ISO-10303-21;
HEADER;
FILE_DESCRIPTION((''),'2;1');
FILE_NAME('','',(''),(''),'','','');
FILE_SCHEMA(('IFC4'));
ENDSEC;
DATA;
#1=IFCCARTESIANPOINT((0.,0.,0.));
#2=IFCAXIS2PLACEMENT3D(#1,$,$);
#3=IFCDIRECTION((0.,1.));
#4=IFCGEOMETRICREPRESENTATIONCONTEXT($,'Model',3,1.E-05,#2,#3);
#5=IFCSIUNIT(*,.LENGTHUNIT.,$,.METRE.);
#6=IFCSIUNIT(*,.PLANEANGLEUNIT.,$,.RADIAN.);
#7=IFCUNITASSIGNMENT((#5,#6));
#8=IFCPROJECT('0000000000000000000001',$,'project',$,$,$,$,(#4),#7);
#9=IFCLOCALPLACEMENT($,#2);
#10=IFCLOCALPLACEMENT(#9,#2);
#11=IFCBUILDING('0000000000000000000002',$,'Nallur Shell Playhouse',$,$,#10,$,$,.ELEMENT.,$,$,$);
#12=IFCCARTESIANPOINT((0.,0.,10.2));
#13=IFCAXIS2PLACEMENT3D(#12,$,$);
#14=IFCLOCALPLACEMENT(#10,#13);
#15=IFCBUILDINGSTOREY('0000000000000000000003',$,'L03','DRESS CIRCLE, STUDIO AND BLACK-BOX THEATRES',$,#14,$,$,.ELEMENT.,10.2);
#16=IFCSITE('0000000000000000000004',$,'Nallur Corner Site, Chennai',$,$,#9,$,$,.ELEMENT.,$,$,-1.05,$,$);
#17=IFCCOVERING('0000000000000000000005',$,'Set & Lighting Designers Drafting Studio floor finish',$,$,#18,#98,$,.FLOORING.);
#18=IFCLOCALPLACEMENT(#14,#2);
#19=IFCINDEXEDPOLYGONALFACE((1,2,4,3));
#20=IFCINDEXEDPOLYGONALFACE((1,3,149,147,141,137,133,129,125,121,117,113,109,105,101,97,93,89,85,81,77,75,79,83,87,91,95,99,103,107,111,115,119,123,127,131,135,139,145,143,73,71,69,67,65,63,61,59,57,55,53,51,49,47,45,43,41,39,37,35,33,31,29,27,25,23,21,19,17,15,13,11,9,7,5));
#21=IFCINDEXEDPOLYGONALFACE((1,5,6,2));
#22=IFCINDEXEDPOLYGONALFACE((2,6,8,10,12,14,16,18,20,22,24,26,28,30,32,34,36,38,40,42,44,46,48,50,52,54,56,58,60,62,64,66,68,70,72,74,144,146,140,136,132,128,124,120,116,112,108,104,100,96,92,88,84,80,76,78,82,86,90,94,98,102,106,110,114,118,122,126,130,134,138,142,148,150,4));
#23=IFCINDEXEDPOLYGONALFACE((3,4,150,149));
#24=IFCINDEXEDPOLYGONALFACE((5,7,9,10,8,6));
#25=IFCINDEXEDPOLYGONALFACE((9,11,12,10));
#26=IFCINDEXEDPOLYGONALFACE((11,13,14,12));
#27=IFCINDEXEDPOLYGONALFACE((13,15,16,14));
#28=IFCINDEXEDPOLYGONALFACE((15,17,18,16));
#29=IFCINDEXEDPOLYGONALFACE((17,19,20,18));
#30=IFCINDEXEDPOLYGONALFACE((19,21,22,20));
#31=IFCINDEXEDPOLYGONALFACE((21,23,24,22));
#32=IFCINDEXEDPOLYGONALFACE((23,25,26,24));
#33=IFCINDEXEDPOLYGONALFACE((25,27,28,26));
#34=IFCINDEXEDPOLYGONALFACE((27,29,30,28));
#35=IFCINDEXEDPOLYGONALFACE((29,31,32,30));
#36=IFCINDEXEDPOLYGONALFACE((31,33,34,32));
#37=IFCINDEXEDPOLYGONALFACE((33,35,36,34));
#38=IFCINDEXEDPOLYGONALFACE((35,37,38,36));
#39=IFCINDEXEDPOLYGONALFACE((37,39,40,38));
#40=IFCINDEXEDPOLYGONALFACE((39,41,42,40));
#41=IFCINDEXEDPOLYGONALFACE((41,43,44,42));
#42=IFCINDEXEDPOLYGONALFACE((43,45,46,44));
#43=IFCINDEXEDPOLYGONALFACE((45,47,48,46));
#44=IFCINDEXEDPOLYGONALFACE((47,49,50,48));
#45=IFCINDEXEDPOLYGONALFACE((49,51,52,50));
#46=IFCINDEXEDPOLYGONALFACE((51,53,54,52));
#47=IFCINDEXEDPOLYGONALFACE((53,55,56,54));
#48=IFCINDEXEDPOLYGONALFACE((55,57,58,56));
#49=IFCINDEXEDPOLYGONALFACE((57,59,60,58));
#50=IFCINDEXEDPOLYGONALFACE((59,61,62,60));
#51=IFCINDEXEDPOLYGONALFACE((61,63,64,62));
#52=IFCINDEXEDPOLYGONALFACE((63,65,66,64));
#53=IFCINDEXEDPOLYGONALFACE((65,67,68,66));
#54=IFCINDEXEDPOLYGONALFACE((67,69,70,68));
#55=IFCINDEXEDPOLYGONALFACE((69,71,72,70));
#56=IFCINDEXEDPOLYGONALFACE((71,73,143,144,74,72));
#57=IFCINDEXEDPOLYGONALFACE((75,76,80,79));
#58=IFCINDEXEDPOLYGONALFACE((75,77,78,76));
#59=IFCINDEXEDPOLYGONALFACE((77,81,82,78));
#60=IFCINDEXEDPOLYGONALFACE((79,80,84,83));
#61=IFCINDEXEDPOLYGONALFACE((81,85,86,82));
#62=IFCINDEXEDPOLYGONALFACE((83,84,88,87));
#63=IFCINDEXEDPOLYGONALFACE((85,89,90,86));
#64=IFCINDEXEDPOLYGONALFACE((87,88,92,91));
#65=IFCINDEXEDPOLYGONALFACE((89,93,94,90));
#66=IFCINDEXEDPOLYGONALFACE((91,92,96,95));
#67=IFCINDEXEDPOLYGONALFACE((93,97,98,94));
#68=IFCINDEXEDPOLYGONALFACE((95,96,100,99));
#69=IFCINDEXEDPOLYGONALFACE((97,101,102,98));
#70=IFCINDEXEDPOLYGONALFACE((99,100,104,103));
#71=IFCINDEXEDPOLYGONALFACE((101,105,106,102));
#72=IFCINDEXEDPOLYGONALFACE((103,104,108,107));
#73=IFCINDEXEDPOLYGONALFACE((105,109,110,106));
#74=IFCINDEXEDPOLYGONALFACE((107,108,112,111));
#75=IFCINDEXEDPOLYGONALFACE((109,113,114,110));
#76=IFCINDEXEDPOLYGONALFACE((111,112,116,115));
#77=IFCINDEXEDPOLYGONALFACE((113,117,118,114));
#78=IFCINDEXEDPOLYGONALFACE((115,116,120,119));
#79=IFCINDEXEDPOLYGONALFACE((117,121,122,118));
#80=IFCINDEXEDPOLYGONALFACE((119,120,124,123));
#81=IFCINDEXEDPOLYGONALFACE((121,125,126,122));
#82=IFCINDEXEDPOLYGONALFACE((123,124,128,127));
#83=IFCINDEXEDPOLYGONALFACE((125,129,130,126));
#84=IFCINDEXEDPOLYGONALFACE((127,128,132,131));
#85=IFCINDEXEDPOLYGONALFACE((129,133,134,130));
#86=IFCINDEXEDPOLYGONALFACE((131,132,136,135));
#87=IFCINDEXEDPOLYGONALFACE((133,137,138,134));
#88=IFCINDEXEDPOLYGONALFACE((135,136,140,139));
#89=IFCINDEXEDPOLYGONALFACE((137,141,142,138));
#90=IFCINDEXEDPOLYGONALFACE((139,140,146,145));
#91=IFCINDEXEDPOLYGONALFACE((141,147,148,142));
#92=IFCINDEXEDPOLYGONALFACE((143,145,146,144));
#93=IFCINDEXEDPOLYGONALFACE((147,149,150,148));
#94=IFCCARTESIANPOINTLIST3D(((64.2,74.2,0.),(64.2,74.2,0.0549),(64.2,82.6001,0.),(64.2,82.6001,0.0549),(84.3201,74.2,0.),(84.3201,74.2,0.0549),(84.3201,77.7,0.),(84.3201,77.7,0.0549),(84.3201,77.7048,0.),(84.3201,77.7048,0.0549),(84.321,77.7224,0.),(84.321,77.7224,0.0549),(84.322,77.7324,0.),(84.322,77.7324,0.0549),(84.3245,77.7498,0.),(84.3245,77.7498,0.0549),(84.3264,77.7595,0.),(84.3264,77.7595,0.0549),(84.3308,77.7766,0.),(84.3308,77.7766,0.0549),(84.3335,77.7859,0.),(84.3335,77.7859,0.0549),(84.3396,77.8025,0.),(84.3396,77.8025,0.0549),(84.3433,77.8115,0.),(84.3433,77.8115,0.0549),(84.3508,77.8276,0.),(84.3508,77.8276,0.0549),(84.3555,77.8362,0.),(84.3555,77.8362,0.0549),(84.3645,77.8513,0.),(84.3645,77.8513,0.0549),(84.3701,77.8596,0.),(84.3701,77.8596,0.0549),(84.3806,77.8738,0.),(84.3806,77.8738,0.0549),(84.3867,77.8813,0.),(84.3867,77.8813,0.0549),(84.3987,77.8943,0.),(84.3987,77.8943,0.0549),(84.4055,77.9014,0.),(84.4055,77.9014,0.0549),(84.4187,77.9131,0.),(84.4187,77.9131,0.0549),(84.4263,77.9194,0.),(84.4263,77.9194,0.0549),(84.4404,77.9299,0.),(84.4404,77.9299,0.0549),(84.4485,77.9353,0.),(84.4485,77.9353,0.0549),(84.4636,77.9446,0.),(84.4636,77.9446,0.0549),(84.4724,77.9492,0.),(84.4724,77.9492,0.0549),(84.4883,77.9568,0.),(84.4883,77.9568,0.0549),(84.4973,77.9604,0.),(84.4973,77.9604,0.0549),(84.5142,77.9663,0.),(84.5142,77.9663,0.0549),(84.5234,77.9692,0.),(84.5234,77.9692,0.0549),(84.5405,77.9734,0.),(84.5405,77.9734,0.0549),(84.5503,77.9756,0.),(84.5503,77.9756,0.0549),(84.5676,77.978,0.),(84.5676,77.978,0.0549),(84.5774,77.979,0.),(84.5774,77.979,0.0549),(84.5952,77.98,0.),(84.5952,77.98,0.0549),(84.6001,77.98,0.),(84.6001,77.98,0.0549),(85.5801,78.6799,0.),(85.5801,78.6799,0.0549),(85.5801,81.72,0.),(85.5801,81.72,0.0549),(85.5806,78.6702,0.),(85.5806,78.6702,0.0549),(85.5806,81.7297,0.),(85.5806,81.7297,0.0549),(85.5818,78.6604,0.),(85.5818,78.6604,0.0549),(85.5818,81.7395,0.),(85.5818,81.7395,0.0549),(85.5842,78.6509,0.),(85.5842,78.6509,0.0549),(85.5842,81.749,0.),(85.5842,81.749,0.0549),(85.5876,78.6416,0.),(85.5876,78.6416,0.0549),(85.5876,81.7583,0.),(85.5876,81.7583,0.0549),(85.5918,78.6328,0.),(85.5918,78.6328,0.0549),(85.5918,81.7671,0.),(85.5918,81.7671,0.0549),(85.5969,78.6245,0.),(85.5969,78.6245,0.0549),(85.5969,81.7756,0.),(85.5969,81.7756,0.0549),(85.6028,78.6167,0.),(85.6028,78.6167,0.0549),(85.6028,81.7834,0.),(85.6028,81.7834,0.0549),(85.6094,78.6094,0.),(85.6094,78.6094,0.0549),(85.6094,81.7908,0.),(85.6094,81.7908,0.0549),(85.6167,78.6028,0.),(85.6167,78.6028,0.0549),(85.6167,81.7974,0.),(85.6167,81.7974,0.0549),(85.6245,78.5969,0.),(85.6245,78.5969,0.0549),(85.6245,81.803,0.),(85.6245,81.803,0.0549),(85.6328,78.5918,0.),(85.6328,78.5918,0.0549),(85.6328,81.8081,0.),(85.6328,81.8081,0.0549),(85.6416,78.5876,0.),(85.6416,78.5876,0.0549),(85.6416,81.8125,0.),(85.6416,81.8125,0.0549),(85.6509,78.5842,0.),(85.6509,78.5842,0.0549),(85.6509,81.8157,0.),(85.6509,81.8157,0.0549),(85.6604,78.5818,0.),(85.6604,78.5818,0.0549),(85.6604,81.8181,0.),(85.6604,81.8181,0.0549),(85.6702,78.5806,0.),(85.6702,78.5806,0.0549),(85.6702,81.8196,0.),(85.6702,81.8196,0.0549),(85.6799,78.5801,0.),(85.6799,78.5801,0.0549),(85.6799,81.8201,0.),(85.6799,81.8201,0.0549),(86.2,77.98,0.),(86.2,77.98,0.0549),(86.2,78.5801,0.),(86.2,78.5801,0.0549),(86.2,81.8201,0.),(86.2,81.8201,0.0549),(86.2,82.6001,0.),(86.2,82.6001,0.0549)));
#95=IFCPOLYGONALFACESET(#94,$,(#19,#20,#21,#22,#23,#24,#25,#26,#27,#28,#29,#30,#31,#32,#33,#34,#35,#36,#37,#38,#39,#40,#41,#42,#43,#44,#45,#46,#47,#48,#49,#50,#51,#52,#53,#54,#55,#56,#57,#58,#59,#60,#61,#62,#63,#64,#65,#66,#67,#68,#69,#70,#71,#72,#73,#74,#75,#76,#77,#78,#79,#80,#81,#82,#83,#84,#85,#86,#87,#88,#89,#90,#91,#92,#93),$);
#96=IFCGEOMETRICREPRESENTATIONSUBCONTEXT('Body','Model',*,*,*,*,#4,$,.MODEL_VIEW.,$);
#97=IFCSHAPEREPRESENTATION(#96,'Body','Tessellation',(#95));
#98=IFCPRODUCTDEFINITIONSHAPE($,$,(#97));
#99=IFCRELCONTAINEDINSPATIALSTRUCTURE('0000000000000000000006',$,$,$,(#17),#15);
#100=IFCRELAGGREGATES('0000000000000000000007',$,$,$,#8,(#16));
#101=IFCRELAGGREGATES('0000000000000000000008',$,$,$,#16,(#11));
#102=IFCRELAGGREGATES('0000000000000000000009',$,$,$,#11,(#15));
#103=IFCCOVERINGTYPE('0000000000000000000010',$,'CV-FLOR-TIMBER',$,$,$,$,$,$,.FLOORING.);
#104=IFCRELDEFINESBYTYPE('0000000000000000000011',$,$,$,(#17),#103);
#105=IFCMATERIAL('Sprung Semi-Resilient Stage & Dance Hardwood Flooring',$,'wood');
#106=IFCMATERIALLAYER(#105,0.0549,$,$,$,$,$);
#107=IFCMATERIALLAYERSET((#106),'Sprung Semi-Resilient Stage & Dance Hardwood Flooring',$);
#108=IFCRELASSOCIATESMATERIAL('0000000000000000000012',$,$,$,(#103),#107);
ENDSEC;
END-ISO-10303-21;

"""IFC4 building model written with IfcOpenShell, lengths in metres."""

from ifc_helpers import new_model, si_unit, direction, frame, origin, place, context, subcontext, project, spatial, polyline, outline, extrude, material, layer, layer_set, type_object, element, save


model = new_model("IFC4")

# Units and contexts
model_context = context("Model", 3, precision=1e-05, world=origin(), true_north=direction((0.0, 1.0)))
body_context = subcontext(model_context, "Body", "Model", "MODEL_VIEW")
ifc_project = project(units=[si_unit("LENGTHUNIT", "METRE"), si_unit("PLANEANGLEUNIT", "RADIAN")], contexts=[model_context])

# Site, building, storey
site_placement = place(None, origin())
site = spatial("IfcSite", under=ifc_project, at=site_placement, Name="Nallur Corner Site, Chennai", CompositionType="ELEMENT", RefElevation=-1.05)
building_placement = place(site_placement, origin())
building = spatial("IfcBuilding", under=site, at=building_placement, Name="Nallur Shell Playhouse", CompositionType="ELEMENT")
storey_placement = place(building_placement, frame((0.0, 0.0, 10.2)))
storey = spatial("IfcBuildingStorey", under=building, at=storey_placement, Name="L03", Description="DRESS CIRCLE, STUDIO AND BLACK-BOX THEATRES", CompositionType="ELEMENT", Elevation=10.2)

# Covering
ifc_material_1 = material(Name="Sprung Semi-Resilient Stage & Dance Hardwood Flooring", Category="wood")
ifc_layer_1 = layer(ifc_material_1, 0.0549)
ifc_layer_set_1 = layer_set([ifc_layer_1], Name="Sprung Semi-Resilient Stage & Dance Hardwood Flooring")
covering_type_1 = type_object("IfcCoveringType", Name="CV-FLOR-TIMBER", PredefinedType="FLOORING", material=ifc_layer_set_1)
covering_1_placement = place(storey_placement, origin())
element("IfcCovering", 1, at=covering_1_placement, inside=storey, type_object=covering_type_1, Name="Set & Lighting Designers Drafting Studio floor finish", PredefinedType="FLOORING", context=body_context, shape_type="SweptSolid", body=[
    extrude(outline(polyline([(85.6328, 81.8081), (85.6245, 81.803), (85.6167, 81.7974), (85.6094, 81.7908), (85.6028, 81.7834), (85.5969, 81.7756), (85.5918, 81.7671), (85.5876, 81.7583), (85.5842, 81.749), (85.5818, 81.7395), (85.5806, 81.7297), (85.5801, 81.72), (85.5801, 78.6799), (85.5806, 78.6702), (85.5818, 78.6604), (85.5842, 78.6509), (85.5876, 78.6416), (85.5918, 78.6328), (85.5969, 78.6245), (85.6028, 78.6167), (85.6094, 78.6094), (85.6167, 78.6028), (85.6245, 78.5969), (85.6328, 78.5918), (85.6416, 78.5876), (85.6509, 78.5842), (85.6604, 78.5818), (85.6702, 78.5806), (85.6799, 78.5801), (86.2, 78.5801), (86.2, 77.98), (84.6001, 77.98), (84.5952, 77.98), (84.5774, 77.979), (84.5676, 77.978), (84.5503, 77.9756), (84.5405, 77.9734), (84.5234, 77.9692), (84.5142, 77.9663), (84.4973, 77.9604), (84.4883, 77.9568), (84.4724, 77.9492), (84.4636, 77.9446), (84.4485, 77.9353), (84.4404, 77.9299), (84.4263, 77.9194), (84.4187, 77.9131), (84.4055, 77.9014), (84.3987, 77.8943), (84.3867, 77.8813), (84.3806, 77.8738), (84.3701, 77.8596), (84.3645, 77.8513), (84.3555, 77.8362), (84.3508, 77.8276), (84.3433, 77.8115), (84.3396, 77.8025), (84.3335, 77.7859), (84.3308, 77.7766), (84.3264, 77.7595), (84.3245, 77.7498), (84.322, 77.7324), (84.321, 77.7224), (84.3201, 77.7048), (84.3201, 77.7), (84.3201, 74.2), (64.2, 74.2), (64.2, 82.6001), (86.2, 82.6001), (86.2, 81.8201), (85.6799, 81.8201), (85.6702, 81.8196), (85.6604, 81.8181), (85.6509, 81.8157), (85.6416, 81.8125), (85.6328, 81.8081)])), origin(), (0.0, 0.0, 1.0), 0.0549),
])

save(model, "model.ifc")
